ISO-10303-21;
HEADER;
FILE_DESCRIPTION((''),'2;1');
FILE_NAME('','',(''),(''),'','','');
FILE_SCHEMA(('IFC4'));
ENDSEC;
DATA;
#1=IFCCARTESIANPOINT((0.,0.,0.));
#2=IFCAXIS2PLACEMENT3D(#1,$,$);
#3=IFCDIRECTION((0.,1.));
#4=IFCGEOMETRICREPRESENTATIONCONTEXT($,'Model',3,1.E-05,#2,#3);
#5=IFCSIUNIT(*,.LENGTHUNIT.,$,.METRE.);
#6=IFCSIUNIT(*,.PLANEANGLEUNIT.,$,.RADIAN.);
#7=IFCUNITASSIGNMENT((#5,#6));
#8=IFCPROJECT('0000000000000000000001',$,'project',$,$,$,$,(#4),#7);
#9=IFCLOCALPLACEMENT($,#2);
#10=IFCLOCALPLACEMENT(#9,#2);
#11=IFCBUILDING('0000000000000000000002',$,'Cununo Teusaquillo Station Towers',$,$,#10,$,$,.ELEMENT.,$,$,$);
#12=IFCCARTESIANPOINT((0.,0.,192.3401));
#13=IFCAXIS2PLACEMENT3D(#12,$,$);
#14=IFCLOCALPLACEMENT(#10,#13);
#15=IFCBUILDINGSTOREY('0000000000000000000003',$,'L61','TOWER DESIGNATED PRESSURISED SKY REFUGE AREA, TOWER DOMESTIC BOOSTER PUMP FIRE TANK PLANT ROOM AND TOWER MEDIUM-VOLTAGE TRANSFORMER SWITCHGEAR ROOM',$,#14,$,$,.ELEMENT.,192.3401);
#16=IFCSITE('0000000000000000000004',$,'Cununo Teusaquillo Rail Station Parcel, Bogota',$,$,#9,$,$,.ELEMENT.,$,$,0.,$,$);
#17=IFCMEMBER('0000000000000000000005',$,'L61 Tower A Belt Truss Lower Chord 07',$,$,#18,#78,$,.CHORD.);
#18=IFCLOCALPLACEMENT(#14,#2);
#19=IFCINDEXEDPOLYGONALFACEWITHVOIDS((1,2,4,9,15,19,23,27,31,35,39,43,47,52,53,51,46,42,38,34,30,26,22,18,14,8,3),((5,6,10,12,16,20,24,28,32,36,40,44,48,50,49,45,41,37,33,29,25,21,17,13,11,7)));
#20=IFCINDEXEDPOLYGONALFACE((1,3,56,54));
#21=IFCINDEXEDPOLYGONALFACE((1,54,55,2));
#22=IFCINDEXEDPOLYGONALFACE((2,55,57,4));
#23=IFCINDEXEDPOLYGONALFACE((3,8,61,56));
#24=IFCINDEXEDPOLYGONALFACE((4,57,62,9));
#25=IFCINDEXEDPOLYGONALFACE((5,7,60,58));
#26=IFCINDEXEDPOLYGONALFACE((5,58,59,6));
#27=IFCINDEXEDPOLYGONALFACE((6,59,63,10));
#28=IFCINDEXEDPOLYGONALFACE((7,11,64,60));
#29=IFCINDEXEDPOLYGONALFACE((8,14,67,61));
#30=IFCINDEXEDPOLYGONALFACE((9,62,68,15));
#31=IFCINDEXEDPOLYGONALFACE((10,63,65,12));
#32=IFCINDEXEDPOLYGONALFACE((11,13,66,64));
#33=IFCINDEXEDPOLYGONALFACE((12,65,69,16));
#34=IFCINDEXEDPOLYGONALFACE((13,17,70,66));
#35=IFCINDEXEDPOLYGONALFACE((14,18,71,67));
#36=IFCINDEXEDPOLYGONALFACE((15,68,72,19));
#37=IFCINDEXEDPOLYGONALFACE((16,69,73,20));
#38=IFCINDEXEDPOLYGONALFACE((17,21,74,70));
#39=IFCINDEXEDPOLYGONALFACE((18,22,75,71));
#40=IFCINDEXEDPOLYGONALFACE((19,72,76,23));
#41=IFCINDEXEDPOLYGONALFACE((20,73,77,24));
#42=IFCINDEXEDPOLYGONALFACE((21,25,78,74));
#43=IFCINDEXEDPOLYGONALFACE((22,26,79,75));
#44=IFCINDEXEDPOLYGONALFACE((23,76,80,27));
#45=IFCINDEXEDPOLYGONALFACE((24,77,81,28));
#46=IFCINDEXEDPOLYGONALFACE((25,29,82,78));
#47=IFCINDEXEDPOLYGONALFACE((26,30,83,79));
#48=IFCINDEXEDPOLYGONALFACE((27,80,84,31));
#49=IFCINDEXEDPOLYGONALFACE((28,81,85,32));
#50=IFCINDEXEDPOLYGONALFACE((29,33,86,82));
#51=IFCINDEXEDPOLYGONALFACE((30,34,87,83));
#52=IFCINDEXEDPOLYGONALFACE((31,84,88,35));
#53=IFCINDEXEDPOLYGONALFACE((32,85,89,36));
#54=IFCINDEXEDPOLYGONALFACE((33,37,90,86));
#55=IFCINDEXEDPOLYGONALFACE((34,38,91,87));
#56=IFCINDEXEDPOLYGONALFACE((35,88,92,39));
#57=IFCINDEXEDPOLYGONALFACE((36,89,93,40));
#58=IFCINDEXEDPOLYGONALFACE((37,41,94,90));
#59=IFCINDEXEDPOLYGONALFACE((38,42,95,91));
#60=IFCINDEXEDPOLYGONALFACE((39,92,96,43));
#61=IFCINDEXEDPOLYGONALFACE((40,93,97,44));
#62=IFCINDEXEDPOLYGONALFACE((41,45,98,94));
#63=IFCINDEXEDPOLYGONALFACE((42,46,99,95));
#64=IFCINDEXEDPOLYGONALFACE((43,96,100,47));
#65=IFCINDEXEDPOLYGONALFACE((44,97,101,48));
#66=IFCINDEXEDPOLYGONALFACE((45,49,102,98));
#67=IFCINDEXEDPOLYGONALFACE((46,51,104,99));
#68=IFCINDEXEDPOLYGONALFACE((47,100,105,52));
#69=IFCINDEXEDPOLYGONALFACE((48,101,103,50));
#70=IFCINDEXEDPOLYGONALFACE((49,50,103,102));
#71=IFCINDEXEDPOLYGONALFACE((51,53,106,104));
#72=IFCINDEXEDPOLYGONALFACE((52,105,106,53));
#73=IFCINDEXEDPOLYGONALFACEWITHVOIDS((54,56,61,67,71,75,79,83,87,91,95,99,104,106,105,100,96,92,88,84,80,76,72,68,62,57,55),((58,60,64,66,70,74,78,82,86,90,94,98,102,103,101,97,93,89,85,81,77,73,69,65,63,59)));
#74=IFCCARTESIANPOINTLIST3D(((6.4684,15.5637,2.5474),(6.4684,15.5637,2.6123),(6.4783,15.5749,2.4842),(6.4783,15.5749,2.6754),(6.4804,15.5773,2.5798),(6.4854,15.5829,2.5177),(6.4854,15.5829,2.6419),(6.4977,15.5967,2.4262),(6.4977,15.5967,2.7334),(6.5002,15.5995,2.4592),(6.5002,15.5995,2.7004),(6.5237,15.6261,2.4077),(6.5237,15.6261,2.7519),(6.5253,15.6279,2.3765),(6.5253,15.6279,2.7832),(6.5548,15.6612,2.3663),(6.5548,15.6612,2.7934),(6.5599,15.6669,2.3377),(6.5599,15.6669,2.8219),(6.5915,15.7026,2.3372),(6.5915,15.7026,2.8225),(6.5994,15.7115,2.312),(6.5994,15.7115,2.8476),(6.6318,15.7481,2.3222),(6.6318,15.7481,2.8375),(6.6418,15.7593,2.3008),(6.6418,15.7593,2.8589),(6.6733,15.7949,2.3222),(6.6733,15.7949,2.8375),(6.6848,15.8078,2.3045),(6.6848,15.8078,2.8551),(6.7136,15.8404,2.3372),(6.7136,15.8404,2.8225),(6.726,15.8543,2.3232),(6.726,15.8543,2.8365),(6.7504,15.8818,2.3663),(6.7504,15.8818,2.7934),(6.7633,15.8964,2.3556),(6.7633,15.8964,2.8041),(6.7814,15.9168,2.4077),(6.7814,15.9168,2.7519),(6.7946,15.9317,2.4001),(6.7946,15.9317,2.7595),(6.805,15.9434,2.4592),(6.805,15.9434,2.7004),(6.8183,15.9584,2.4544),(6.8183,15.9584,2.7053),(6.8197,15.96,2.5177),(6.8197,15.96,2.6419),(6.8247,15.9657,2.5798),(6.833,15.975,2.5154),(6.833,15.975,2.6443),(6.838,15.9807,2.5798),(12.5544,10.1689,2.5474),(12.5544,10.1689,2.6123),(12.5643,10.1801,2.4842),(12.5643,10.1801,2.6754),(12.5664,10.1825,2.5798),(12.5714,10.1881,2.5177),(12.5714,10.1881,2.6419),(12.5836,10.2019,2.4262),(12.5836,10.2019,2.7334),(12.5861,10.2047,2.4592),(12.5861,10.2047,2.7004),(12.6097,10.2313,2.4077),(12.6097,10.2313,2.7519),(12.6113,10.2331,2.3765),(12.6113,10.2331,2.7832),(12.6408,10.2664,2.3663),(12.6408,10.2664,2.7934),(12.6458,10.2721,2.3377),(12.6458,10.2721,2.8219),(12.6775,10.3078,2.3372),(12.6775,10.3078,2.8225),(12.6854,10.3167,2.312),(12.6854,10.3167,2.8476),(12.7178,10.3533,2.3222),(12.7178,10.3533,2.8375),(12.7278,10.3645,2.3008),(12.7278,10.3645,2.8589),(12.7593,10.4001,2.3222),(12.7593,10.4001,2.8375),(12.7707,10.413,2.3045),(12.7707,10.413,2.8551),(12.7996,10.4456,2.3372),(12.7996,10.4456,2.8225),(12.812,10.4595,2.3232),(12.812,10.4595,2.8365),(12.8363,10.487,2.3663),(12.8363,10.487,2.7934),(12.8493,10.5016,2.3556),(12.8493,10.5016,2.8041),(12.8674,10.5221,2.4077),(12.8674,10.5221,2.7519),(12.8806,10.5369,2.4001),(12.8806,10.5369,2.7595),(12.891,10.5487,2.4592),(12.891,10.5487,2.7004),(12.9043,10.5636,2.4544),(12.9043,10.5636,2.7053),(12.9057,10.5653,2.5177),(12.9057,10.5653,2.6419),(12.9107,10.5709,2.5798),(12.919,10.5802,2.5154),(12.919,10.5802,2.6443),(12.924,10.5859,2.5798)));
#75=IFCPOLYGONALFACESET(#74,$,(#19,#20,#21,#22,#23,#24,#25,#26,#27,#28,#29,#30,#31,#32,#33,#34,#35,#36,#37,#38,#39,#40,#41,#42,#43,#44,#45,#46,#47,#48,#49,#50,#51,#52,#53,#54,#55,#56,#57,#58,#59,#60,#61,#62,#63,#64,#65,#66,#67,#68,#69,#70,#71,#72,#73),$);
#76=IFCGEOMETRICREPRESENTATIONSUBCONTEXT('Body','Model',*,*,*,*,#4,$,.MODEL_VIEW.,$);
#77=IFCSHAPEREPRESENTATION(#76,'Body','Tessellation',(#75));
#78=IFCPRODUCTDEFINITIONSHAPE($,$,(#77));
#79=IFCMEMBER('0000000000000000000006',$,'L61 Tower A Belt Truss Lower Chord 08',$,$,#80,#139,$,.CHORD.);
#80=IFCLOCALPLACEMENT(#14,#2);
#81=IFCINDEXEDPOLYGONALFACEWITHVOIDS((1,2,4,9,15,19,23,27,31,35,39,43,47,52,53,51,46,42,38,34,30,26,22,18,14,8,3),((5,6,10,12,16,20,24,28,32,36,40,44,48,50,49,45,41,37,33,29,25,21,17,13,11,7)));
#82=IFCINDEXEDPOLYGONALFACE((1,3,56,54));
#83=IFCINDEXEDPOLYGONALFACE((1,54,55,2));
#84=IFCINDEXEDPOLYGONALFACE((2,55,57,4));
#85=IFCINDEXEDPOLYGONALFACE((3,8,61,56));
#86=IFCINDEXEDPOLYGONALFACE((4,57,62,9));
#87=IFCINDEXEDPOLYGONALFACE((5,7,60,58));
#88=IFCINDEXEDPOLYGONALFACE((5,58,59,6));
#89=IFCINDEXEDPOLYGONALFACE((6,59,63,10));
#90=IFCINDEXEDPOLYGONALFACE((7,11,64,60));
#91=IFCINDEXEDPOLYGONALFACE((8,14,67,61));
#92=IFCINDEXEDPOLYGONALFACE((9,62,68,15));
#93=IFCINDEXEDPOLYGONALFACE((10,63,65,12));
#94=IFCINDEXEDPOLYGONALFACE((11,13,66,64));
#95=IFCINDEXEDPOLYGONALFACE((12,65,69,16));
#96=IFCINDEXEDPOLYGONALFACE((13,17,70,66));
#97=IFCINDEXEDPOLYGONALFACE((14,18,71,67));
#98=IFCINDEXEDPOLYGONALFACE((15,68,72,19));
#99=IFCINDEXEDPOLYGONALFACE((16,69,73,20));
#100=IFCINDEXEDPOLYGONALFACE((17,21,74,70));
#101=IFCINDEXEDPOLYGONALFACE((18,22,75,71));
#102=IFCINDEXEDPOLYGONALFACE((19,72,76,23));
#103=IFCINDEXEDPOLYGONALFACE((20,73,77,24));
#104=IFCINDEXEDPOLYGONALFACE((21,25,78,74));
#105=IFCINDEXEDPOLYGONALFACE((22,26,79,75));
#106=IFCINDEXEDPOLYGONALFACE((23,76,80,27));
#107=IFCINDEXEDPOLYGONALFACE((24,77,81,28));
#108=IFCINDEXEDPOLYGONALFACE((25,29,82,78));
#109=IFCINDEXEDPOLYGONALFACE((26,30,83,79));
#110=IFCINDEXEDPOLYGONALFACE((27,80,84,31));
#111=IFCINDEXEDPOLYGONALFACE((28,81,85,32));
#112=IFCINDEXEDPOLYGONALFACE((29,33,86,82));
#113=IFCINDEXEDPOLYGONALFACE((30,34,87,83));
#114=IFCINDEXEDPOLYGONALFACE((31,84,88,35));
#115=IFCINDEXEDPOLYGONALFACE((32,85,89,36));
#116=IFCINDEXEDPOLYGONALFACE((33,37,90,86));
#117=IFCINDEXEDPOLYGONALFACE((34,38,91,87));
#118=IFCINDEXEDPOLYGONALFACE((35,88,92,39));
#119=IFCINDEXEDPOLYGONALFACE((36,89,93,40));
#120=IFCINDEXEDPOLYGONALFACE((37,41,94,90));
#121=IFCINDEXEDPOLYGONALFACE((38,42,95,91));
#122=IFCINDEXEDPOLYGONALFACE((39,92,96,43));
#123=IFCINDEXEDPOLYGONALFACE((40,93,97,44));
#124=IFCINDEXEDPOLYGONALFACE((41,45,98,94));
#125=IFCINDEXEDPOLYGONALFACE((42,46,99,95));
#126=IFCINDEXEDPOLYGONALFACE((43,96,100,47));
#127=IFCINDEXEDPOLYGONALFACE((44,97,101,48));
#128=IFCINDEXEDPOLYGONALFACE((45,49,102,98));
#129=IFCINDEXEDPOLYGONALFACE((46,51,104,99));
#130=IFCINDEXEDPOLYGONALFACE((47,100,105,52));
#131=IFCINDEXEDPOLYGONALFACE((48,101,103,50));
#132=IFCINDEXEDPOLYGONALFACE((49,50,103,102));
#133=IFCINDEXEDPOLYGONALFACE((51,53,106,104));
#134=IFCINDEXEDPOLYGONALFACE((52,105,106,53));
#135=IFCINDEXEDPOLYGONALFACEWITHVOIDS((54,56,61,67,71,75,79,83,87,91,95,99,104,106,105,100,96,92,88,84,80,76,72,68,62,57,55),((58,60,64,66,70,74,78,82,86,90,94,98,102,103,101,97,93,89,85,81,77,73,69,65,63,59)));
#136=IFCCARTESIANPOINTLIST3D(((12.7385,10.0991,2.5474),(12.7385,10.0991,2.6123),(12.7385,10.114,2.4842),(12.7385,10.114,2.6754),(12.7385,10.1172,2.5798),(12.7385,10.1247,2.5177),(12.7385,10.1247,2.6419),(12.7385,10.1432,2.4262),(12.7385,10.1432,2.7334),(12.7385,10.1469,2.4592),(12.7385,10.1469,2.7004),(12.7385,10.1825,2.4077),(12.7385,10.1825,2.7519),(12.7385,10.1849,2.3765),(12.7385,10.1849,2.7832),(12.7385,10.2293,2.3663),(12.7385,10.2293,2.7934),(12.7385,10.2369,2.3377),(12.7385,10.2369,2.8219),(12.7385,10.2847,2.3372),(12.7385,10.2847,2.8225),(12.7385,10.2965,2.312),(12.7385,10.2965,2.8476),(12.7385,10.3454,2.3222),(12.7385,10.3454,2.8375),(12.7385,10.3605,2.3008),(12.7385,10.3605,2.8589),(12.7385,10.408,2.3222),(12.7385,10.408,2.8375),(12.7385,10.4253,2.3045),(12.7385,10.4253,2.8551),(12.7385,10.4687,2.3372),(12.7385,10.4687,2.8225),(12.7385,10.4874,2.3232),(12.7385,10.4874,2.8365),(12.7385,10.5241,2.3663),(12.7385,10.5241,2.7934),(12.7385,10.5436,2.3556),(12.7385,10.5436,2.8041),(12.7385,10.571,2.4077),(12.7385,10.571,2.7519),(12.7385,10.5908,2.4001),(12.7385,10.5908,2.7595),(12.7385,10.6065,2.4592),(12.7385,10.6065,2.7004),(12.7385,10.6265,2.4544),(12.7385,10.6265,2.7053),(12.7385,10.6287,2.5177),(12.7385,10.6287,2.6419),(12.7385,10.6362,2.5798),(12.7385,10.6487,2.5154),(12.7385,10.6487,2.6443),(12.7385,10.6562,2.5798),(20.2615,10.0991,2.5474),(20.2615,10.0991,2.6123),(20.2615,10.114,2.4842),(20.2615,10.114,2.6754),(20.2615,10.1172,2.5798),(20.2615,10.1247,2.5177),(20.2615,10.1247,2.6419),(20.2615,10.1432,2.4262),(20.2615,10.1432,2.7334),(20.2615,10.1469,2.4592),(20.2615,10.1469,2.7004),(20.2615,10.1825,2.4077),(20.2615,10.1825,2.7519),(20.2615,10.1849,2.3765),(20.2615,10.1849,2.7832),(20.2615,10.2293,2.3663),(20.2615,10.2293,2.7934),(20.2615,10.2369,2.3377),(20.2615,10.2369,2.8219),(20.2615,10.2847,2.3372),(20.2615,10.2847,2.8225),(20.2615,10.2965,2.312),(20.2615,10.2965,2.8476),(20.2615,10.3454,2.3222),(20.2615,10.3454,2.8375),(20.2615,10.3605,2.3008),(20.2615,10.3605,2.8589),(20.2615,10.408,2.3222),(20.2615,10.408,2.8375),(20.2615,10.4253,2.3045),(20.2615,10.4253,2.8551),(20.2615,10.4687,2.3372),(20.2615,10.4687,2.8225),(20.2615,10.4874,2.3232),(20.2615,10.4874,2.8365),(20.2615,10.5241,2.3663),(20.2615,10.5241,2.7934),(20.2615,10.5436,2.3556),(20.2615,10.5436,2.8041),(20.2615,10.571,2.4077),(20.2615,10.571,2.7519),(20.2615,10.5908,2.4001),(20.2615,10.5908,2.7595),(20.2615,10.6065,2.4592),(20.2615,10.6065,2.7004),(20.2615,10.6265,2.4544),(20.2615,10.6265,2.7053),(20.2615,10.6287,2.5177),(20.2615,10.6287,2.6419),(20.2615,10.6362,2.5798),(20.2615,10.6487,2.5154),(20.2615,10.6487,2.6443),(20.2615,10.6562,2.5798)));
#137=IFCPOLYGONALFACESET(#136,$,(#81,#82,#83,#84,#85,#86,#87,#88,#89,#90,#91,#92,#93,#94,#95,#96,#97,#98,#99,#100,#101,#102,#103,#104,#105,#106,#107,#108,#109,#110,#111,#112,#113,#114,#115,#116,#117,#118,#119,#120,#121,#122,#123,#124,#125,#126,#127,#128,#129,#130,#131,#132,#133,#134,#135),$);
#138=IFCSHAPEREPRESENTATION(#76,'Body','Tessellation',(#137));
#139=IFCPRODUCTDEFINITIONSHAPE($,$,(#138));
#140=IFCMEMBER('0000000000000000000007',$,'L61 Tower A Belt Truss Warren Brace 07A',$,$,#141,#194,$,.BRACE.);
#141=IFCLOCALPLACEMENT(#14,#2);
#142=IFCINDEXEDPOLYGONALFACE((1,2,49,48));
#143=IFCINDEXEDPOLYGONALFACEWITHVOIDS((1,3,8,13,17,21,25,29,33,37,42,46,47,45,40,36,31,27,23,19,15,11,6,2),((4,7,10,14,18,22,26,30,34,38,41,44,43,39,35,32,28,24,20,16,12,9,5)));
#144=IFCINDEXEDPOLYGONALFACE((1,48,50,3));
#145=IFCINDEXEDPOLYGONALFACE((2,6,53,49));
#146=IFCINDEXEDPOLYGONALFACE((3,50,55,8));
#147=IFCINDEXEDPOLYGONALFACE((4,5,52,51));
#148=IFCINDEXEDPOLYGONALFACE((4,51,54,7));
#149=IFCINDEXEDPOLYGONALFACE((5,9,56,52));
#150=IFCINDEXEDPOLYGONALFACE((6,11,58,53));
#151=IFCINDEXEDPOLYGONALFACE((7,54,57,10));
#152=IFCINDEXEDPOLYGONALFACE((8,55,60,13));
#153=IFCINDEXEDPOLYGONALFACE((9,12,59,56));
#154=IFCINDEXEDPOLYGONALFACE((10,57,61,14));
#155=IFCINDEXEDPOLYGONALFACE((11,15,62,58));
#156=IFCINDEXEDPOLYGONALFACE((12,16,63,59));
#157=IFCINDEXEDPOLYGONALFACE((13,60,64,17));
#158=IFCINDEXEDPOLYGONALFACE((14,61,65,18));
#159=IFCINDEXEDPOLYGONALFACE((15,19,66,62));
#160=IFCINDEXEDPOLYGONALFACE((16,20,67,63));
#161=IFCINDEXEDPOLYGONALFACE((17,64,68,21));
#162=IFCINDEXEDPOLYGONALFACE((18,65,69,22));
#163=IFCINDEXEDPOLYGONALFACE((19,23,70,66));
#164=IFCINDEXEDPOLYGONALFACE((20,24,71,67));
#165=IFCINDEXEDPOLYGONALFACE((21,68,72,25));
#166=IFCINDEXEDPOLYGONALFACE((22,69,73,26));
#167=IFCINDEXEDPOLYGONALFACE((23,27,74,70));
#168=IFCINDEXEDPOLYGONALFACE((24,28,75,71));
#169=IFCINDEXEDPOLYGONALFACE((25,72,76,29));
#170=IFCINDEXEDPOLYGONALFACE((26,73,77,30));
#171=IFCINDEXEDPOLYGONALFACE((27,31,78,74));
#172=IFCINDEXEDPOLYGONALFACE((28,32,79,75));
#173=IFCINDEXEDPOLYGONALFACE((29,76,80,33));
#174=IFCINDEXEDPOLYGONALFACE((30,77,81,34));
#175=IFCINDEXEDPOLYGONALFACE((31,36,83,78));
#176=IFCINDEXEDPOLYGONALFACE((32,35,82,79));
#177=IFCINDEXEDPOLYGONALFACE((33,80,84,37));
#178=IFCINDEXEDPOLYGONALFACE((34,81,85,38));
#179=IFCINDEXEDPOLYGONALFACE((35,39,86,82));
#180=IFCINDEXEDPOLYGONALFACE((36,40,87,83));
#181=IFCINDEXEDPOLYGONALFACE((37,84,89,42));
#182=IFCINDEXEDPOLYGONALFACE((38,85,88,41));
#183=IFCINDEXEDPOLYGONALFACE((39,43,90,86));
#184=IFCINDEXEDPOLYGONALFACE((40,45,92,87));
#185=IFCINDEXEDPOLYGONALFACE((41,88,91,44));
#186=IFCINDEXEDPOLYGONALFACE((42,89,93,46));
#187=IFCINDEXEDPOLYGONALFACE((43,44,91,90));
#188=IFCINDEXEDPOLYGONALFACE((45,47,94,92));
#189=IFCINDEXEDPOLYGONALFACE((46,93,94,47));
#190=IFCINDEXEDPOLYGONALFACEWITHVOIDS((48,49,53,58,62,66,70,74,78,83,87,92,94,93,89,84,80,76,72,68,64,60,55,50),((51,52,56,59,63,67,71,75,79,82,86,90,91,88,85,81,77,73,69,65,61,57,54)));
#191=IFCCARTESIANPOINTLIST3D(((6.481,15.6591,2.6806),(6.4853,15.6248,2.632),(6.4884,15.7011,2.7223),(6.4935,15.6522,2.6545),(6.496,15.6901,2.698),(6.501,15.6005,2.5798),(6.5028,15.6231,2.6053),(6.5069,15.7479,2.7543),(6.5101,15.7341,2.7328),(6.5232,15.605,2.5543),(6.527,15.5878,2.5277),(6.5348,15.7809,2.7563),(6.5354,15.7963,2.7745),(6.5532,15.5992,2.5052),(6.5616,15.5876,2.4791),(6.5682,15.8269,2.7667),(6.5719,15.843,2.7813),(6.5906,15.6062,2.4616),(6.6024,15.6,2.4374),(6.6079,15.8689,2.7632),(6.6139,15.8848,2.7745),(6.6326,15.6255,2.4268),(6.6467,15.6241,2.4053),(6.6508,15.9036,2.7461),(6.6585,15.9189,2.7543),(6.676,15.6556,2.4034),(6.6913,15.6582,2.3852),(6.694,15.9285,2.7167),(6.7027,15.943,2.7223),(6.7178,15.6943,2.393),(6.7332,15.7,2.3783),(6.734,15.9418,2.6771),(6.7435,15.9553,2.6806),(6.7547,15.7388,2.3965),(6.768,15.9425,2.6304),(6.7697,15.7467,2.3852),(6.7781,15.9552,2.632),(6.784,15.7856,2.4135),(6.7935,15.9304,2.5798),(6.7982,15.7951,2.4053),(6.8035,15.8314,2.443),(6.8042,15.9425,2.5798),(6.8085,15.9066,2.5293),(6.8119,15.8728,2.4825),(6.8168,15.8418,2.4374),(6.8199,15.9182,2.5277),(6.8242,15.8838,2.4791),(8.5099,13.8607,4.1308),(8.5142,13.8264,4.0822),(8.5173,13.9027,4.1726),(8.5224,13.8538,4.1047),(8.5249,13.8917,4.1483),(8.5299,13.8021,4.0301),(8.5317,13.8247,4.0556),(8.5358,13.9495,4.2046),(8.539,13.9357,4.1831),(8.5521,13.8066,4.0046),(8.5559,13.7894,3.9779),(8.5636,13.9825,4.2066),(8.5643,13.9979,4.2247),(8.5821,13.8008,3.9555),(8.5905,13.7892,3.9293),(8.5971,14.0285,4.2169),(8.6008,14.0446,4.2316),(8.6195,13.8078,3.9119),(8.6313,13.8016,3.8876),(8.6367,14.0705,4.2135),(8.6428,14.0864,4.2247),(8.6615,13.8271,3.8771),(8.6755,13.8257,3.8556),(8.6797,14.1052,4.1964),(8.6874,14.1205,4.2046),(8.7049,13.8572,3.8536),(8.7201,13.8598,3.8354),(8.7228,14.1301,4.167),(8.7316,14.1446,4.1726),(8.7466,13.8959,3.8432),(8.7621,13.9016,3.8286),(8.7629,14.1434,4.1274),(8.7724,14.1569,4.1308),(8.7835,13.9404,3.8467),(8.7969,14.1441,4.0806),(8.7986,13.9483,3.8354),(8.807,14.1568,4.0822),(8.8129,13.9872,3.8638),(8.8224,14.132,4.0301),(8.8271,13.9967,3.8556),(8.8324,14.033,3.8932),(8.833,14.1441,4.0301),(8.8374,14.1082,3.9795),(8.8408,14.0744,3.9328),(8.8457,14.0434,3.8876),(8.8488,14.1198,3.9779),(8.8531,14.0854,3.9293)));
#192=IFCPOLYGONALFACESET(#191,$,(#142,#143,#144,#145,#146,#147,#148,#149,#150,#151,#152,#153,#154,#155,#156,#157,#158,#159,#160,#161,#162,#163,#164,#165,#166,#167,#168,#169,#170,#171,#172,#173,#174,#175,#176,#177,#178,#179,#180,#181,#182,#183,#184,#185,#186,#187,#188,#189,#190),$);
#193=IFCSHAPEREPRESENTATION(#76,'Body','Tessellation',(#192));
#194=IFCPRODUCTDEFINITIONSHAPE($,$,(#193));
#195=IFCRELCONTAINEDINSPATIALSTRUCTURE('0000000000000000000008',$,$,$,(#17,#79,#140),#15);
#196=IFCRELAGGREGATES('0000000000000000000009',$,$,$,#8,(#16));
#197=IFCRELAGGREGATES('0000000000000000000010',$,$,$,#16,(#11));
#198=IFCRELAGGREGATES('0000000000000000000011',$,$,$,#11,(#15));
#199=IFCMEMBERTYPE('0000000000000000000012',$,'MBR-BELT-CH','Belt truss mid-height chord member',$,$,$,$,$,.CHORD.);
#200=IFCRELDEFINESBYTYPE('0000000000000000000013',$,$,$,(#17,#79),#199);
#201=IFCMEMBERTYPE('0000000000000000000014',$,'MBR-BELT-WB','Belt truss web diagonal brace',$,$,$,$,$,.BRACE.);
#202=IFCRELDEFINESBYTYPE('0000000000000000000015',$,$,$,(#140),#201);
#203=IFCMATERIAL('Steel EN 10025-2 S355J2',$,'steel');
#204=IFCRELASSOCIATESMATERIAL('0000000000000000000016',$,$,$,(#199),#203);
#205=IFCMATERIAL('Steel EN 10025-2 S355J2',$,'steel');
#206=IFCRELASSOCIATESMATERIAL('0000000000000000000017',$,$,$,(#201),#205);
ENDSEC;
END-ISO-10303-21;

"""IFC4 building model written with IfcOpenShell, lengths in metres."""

from ifc_helpers import new_model, si_unit, direction, frame, origin, origin_2d, place, context, subcontext, project, spatial, hollow_circle, extrude, material, material_profile, profile_set, type_object, element, save


model = new_model("IFC4")

# Units and contexts
model_context = context("Model", 3, precision=1e-05, world=origin(), true_north=direction((0.0, 1.0)))
body_context = subcontext(model_context, "Body", "Model", "MODEL_VIEW")
ifc_project = project(units=[si_unit("LENGTHUNIT", "METRE"), si_unit("PLANEANGLEUNIT", "RADIAN")], contexts=[model_context])

# Site, building, storey
site_placement = place(None, origin())
site = spatial("IfcSite", under=ifc_project, at=site_placement, Name="Cununo Teusaquillo Rail Station Parcel, Bogota", CompositionType="ELEMENT", RefElevation=0.0)
building_placement = place(site_placement, origin())
building = spatial("IfcBuilding", under=site, at=building_placement, Name="Cununo Teusaquillo Station Towers", CompositionType="ELEMENT")
storey_placement = place(building_placement, frame((0.0, 0.0, 192.3401)))
storey = spatial("IfcBuildingStorey", under=building, at=storey_placement, Name="L61", Description="TOWER DESIGNATED PRESSURISED SKY REFUGE AREA, TOWER DOMESTIC BOOSTER PUMP FIRE TANK PLANT ROOM AND TOWER MEDIUM-VOLTAGE TRANSFORMER SWITCHGEAR ROOM", CompositionType="ELEMENT", Elevation=192.3401)

# Members
ifc_material_1 = material(Name="Steel EN 10025-2 S355J2", Category="steel")
ifc_material_profile_1 = material_profile(ifc_material_1, hollow_circle(Radius=0.2795, WallThickness=0.02, at=origin_2d()), Name="CHS 559x20")
ifc_profile_set_1 = profile_set([ifc_material_profile_1], Name="Steel EN 10025-2 S355J2")
member_type_1 = type_object("IfcMemberType", Name="MBR-BELT-CH", Description="Belt truss mid-height chord member", PredefinedType="CHORD", material=ifc_profile_set_1)
member_1_placement = place(storey_placement, frame((6.6526, 15.7715, 2.5798), z_axis=(0.748321, -0.663337, 0.0), x_axis=(0.663337, 0.748321, 0.0)))
element("IfcMember", 1, at=member_1_placement, inside=storey, type_object=member_type_1, Name="L61 Tower A Belt Truss Lower Chord 07", PredefinedType="CHORD", context=body_context, shape_type="SweptSolid", body=[
    extrude(hollow_circle(Radius=0.2795, WallThickness=0.02, at=origin_2d()), origin(), (0.0, 0.0, 1.0), 8.1328),
])
member_2_placement = place(storey_placement, frame((12.7385, 10.3767, 2.5798), z_axis=(1.0, 0.0, 0.0), x_axis=(0.0, 1.0, 0.0)))
element("IfcMember", 2, at=member_2_placement, inside=storey, type_object=member_type_1, Name="L61 Tower A Belt Truss Lower Chord 08", PredefinedType="CHORD", context=body_context, shape_type="SweptSolid", body=[
    extrude(hollow_circle(Radius=0.2795, WallThickness=0.02, at=origin_2d()), origin(), (0.0, 0.0, 1.0), 7.5229),
])
ifc_material_2 = material(Name="Steel EN 10025-2 S355J2", Category="steel")
ifc_material_profile_2 = material_profile(ifc_material_2, hollow_circle(Radius=0.2285, WallThickness=0.0161, at=origin_2d()), Name="CHS 457x16")
ifc_profile_set_2 = profile_set([ifc_material_profile_2], Name="Steel EN 10025-2 S355J2")
member_type_2 = type_object("IfcMemberType", Name="MBR-BELT-WB", Description="Belt truss web diagonal brace", PredefinedType="BRACE", material=ifc_profile_set_2)
member_3_placement = place(storey_placement, frame((6.6526, 15.7715, 2.5798), z_axis=(0.659861, -0.584902, 0.47167), x_axis=(0.663324, 0.748333, 0.0)))
element("IfcMember", 3, at=member_3_placement, inside=storey, type_object=member_type_2, Name="L61 Tower A Belt Truss Warren Brace 07A", PredefinedType="BRACE", context=body_context, shape_type="SweptSolid", body=[
    extrude(hollow_circle(Radius=0.2285, WallThickness=0.0161, at=origin_2d()), origin(), (0.0, 0.0, 1.0), 3.0747),
])

save(model, "model.ifc")
